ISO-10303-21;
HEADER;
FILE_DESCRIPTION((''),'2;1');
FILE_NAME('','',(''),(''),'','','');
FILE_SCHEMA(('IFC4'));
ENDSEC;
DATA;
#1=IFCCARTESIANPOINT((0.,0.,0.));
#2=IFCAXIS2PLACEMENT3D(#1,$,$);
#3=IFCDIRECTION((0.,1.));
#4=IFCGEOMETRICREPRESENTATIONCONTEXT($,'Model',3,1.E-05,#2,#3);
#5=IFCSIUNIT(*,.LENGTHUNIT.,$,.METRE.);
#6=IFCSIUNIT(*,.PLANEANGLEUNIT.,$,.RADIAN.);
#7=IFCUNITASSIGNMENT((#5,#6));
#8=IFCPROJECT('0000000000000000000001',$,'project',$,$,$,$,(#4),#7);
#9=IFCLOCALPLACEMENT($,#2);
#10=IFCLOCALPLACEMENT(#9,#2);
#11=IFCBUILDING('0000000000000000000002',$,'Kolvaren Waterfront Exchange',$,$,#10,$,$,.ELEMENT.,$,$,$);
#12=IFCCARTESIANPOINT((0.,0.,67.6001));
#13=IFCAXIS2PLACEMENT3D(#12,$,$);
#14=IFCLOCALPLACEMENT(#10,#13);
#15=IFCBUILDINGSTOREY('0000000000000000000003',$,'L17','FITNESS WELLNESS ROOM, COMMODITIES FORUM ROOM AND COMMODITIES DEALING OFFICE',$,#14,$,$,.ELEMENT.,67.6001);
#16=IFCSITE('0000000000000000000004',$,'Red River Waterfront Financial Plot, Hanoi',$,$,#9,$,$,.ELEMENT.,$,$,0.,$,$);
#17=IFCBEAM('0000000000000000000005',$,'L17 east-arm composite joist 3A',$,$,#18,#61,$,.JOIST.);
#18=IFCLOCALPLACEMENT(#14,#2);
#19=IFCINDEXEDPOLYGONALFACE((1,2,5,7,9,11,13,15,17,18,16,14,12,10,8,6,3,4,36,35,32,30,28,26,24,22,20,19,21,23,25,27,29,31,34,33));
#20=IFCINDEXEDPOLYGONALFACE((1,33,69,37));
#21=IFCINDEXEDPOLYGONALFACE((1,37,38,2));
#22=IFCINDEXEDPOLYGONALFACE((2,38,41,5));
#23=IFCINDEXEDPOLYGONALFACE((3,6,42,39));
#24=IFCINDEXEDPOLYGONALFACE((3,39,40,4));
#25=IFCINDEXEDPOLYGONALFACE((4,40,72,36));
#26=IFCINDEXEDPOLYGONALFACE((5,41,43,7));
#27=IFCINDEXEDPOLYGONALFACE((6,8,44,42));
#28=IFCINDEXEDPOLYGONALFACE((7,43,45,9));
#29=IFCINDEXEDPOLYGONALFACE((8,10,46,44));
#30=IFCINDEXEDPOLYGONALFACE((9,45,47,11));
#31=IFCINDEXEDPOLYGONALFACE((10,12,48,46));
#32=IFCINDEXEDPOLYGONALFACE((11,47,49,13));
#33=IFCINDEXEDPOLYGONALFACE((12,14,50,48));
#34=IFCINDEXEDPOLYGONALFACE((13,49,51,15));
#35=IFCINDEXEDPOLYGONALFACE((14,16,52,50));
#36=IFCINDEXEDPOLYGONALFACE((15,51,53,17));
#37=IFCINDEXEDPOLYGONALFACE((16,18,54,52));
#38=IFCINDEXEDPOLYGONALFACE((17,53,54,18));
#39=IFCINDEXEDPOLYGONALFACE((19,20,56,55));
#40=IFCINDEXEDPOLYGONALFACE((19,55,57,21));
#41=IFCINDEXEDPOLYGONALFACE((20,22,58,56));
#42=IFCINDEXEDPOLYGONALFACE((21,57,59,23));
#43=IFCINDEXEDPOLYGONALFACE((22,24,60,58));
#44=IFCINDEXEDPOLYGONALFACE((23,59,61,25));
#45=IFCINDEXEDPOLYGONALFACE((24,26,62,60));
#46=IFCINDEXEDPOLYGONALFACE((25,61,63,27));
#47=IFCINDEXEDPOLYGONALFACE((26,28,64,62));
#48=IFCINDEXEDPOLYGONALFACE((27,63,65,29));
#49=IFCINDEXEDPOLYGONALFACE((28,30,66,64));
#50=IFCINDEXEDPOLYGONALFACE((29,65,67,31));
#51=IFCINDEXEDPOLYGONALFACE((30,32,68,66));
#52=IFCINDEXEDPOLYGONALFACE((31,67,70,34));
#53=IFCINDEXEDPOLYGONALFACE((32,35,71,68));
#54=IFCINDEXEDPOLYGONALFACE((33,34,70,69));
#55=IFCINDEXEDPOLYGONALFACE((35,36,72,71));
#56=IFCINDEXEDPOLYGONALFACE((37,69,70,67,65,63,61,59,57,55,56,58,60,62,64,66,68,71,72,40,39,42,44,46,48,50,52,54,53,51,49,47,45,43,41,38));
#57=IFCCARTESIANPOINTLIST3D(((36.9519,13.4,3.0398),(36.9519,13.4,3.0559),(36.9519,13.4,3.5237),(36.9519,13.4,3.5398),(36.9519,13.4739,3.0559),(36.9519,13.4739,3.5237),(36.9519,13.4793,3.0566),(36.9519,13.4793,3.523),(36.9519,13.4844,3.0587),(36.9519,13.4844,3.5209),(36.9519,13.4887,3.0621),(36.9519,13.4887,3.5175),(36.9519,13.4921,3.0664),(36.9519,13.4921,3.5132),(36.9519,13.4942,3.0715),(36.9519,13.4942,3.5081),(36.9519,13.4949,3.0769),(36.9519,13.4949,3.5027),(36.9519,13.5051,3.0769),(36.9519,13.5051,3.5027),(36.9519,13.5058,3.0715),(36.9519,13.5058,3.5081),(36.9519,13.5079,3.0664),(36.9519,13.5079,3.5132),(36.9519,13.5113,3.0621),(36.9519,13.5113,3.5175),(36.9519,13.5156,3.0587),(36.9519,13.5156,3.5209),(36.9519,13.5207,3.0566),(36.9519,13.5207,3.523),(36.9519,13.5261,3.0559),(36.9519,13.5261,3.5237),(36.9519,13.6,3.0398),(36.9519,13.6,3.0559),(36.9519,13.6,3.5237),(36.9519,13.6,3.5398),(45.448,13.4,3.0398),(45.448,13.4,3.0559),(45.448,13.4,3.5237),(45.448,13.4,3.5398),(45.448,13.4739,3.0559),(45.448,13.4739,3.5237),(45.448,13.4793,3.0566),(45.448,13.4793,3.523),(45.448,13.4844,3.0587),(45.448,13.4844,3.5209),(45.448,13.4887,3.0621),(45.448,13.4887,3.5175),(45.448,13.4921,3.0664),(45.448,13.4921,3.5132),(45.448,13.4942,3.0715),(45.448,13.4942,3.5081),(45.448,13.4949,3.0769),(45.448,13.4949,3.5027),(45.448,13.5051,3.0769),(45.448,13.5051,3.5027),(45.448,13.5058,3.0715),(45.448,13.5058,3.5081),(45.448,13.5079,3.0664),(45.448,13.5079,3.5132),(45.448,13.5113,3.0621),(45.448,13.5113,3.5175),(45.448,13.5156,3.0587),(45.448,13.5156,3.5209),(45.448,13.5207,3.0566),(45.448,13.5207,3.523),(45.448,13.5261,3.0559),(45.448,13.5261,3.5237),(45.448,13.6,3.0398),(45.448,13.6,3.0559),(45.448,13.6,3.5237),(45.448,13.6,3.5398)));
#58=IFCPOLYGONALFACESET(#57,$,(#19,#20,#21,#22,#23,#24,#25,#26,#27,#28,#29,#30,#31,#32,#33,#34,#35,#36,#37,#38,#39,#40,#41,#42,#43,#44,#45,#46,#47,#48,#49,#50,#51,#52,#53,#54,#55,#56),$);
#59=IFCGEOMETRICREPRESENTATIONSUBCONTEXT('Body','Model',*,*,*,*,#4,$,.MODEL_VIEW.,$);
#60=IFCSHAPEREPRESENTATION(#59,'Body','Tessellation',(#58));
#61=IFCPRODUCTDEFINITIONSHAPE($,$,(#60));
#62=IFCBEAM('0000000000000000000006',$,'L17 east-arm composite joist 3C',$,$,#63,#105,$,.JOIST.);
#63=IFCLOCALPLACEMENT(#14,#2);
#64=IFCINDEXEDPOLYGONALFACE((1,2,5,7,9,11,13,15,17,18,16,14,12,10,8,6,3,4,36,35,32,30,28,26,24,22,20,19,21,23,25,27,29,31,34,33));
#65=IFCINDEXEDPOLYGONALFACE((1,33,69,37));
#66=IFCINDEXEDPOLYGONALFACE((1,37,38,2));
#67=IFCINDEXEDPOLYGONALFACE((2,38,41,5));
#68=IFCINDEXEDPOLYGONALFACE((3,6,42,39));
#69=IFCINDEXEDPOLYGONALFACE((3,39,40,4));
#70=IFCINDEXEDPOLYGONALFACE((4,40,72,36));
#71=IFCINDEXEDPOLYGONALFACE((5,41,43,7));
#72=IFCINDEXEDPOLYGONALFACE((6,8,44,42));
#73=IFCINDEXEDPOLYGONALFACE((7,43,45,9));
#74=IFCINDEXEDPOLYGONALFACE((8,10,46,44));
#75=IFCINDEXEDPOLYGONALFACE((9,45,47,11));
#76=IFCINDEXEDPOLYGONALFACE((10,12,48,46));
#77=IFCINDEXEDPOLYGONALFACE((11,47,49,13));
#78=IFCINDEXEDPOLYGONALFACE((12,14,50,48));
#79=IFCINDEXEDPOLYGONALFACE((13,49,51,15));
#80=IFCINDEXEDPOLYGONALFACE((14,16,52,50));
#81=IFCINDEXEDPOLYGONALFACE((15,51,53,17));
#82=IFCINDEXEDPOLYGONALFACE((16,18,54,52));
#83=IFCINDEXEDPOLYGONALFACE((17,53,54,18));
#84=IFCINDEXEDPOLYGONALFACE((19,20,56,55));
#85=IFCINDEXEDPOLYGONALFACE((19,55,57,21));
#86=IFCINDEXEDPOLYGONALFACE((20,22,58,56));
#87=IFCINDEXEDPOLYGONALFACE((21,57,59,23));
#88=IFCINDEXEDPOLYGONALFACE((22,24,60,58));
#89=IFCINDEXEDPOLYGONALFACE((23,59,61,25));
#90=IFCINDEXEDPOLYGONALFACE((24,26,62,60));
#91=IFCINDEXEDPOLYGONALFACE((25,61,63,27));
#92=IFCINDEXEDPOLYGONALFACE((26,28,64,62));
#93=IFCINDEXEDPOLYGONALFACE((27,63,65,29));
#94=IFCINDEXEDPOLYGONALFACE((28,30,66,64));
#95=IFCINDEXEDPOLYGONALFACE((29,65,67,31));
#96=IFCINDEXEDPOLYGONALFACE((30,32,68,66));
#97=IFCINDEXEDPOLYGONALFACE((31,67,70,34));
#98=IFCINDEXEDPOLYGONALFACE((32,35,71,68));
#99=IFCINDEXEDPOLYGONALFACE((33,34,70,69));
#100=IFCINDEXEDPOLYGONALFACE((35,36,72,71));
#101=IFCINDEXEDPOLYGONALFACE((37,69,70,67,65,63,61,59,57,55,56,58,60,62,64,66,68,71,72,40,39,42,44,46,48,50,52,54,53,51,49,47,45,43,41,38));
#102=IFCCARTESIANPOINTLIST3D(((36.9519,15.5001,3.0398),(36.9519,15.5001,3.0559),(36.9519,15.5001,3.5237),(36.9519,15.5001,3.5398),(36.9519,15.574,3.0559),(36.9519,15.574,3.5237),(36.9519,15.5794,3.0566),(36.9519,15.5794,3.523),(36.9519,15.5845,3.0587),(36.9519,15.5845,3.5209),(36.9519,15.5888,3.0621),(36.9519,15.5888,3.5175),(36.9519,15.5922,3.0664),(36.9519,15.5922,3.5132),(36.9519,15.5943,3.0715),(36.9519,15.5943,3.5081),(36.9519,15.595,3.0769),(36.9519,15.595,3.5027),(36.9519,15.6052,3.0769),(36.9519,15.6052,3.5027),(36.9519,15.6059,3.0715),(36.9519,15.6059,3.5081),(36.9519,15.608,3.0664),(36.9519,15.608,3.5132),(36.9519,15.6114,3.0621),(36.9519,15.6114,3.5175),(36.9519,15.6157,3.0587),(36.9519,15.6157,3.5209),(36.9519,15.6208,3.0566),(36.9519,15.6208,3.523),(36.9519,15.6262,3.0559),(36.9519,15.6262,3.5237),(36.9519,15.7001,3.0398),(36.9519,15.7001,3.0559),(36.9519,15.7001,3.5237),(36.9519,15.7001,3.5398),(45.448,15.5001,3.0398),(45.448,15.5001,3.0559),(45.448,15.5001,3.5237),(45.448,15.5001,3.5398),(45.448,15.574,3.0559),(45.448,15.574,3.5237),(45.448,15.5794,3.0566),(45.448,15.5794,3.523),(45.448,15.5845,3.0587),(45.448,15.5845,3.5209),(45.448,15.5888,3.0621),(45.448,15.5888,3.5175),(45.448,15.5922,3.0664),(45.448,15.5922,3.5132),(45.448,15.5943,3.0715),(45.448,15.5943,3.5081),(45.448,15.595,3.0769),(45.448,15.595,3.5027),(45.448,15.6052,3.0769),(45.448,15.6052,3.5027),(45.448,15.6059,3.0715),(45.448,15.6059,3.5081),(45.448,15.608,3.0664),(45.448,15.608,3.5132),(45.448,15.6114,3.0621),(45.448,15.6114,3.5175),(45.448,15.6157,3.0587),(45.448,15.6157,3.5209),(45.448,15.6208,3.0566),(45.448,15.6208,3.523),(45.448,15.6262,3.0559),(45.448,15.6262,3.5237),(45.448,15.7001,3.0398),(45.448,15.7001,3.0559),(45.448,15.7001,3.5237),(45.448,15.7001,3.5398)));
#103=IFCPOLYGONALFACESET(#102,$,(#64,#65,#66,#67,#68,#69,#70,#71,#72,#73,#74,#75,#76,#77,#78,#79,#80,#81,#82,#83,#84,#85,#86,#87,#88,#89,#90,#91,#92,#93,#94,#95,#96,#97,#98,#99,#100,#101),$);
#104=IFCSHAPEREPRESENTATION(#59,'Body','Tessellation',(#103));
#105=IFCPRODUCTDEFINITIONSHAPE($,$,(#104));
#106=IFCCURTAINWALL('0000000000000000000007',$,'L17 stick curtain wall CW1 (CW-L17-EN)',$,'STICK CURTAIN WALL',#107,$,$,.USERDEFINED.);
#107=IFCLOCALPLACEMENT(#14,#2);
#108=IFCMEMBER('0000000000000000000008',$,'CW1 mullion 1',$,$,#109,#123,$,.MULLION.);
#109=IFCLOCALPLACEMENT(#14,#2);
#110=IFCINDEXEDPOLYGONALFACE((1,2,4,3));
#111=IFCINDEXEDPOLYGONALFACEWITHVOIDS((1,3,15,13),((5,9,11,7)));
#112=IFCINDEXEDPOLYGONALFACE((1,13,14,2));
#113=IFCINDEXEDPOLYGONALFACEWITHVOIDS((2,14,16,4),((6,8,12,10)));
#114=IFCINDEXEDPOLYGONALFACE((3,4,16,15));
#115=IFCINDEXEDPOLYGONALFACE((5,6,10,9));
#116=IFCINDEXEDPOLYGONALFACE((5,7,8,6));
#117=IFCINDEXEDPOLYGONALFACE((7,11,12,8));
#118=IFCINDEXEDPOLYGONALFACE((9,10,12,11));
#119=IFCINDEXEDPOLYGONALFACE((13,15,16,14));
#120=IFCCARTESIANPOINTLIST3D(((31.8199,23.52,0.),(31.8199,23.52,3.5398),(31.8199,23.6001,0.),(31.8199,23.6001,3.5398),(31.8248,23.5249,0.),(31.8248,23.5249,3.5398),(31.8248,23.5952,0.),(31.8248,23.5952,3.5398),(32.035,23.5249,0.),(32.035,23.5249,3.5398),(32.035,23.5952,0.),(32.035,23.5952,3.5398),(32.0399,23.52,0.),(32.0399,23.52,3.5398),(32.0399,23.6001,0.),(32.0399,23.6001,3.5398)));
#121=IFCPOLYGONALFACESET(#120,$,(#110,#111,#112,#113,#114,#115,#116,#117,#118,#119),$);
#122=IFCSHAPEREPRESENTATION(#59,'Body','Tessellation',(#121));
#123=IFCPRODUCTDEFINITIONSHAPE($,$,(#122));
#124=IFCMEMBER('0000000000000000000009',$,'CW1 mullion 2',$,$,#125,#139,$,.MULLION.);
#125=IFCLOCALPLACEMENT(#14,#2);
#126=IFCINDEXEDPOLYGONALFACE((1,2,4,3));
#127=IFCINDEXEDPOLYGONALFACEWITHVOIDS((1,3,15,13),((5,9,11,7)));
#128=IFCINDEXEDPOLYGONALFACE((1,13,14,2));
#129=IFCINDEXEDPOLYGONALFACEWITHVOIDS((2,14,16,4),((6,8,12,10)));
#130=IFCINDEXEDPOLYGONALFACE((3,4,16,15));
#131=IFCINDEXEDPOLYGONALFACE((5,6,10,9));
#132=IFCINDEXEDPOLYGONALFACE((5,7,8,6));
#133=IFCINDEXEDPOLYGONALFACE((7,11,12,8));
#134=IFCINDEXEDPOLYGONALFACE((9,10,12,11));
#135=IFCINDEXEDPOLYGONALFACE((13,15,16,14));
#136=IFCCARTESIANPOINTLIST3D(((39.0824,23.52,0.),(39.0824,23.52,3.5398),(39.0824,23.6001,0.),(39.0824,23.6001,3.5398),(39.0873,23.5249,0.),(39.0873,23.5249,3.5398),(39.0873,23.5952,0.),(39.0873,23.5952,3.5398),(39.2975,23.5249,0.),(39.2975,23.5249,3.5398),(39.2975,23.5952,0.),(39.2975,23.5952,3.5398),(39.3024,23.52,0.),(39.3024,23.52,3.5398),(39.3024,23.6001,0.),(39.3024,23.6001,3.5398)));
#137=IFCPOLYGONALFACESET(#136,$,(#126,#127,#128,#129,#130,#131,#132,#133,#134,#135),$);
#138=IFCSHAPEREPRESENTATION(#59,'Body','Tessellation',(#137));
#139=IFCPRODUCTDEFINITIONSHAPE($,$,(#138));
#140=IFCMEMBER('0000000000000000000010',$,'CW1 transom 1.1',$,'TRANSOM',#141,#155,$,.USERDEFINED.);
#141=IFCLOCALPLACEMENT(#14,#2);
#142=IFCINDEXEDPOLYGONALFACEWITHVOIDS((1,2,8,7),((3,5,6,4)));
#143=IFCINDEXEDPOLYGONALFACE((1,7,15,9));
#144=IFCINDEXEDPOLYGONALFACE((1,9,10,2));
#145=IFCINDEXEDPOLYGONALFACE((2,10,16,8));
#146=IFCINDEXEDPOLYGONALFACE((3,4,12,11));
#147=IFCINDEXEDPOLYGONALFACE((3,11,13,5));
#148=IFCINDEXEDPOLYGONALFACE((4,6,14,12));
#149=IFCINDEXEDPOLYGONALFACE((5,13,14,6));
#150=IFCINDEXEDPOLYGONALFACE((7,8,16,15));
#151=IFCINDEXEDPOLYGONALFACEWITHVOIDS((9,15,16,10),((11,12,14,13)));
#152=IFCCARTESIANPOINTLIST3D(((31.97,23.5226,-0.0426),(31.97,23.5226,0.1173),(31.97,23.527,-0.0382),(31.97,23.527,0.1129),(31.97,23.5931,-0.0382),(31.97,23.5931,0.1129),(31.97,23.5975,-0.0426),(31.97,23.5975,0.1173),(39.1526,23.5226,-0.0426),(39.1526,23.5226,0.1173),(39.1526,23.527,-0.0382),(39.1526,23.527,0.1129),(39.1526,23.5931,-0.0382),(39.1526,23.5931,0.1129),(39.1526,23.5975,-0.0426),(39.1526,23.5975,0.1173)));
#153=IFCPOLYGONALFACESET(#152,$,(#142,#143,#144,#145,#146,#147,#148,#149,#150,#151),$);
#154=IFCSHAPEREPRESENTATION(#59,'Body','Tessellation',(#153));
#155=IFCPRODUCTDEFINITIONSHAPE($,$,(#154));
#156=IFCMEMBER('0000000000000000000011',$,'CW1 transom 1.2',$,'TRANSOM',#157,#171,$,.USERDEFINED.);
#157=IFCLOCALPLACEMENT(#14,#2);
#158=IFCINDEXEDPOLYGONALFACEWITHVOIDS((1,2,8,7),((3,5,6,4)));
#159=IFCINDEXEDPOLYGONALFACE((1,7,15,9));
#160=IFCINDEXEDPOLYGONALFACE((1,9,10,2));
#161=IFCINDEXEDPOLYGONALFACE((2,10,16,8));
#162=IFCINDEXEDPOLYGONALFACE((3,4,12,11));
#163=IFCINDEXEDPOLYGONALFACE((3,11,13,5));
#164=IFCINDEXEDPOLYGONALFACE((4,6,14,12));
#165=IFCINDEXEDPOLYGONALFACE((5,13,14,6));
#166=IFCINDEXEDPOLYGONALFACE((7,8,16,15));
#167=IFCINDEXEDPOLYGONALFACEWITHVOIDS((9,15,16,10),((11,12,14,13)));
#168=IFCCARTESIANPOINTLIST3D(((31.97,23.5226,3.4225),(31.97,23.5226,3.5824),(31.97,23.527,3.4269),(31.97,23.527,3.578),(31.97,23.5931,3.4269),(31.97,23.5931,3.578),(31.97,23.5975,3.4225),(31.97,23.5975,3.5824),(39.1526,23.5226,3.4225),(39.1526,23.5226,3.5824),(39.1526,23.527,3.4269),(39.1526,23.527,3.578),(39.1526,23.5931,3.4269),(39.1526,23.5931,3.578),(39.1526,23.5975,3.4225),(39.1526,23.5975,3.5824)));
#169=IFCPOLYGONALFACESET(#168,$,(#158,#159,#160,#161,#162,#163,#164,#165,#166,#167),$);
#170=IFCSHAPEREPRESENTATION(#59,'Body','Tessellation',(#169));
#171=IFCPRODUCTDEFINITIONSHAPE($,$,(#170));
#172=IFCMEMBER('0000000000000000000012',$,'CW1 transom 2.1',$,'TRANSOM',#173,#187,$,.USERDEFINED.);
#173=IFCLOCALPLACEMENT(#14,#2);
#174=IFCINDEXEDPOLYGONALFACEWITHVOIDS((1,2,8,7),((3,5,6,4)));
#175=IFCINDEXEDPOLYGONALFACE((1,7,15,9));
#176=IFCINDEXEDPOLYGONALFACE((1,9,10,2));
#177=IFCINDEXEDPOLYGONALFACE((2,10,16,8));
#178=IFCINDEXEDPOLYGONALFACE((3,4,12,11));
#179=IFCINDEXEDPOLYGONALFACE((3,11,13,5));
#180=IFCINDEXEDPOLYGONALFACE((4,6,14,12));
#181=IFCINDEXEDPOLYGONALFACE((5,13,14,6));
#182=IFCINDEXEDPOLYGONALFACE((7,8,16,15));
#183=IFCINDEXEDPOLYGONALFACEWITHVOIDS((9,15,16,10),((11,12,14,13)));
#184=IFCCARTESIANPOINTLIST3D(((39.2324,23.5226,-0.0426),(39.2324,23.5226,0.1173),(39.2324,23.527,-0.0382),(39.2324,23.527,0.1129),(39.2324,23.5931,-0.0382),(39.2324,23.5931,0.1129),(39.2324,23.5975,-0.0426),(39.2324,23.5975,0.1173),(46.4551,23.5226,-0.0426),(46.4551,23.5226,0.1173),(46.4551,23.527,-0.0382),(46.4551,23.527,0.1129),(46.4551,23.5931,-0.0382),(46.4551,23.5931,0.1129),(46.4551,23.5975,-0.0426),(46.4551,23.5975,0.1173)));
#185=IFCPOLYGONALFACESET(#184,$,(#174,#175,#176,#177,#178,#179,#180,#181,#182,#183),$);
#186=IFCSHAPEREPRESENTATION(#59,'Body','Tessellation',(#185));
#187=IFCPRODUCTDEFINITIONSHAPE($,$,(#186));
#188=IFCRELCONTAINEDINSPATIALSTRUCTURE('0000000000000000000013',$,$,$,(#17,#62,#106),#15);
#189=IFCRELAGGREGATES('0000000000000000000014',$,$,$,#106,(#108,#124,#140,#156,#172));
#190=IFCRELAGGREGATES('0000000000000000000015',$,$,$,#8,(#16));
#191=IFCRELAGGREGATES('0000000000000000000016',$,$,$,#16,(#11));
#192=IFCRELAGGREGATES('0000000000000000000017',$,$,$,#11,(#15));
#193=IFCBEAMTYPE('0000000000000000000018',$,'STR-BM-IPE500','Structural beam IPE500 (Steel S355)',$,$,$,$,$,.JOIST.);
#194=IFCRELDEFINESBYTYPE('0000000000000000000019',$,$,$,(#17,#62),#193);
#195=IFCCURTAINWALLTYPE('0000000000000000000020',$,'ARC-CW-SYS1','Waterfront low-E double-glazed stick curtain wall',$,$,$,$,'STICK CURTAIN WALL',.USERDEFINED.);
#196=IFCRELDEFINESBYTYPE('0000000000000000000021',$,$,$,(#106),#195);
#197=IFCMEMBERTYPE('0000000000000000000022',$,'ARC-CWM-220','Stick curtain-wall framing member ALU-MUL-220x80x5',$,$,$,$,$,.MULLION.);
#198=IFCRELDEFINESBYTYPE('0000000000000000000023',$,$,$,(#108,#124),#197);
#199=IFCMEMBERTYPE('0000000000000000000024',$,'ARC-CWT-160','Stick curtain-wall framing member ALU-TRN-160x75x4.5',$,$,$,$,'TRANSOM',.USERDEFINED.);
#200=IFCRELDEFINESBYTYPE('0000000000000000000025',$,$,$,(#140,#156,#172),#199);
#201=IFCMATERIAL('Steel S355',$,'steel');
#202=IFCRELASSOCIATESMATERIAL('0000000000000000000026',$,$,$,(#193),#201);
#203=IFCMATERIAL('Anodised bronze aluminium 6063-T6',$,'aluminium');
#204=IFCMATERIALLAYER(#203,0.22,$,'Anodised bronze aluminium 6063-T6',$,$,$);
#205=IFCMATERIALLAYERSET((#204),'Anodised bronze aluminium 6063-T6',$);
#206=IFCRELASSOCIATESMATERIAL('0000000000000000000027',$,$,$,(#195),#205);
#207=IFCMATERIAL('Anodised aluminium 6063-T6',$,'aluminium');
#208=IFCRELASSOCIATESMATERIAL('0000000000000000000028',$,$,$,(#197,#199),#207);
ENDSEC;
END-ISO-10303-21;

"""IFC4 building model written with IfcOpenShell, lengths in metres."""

from ifc_helpers import new_model, si_unit, direction, frame, origin, origin_with_axes, origin_2d, place, context, subcontext, project, spatial, hollow_rectangle, i_section, extrude, source, transform, mapped, material, layer, layer_set, material_profile, profile_set, type_object, element, aggregate, save


model = new_model("IFC4")

# Units and contexts
model_context = context("Model", 3, precision=1e-05, world=origin(), true_north=direction((0.0, 1.0)))
body_context = subcontext(model_context, "Body", "Model", "MODEL_VIEW")
ifc_project = project(units=[si_unit("LENGTHUNIT", "METRE"), si_unit("PLANEANGLEUNIT", "RADIAN")], contexts=[model_context])

# Site, building, storey
site_placement = place(None, origin())
site = spatial("IfcSite", under=ifc_project, at=site_placement, Name="Red River Waterfront Financial Plot, Hanoi", CompositionType="ELEMENT", RefElevation=0.0)
building_placement = place(site_placement, origin())
building = spatial("IfcBuilding", under=site, at=building_placement, Name="Kolvaren Waterfront Exchange", CompositionType="ELEMENT")
storey_placement = place(building_placement, frame((0.0, 0.0, 67.6001)))
storey = spatial("IfcBuildingStorey", under=building, at=storey_placement, Name="L17", Description="FITNESS WELLNESS ROOM, COMMODITIES FORUM ROOM AND COMMODITIES DEALING OFFICE", CompositionType="ELEMENT", Elevation=67.6001)

# Beams
ifc_material_1 = material(Name="Steel S355", Category="steel")
ifc_material_profile_1 = material_profile(ifc_material_1, i_section(OverallWidth=0.2, OverallDepth=0.5, WebThickness=0.0103, FlangeThickness=0.0161, FilletRadius=0.021, at=origin_2d()), Name="IPE500")
ifc_profile_set_1 = profile_set([ifc_material_profile_1], Name="Steel S355")
beam_type_1 = type_object("IfcBeamType", Name="STR-BM-IPE500", Description="Structural beam IPE500 (Steel S355)", PredefinedType="JOIST", material=ifc_profile_set_1)
for number, where, z_axis, x_axis, name in (
    (1, (36.9519, 13.5, 3.2898), (1.0, 0.0, 0.0), (0.0, 1.0, 0.0), "L17 east-arm composite joist 3A"),
    (2, (36.9519, 15.6001, 3.2898), (1.0, 0.0, 0.0), (0.0, 1.0, 0.0), "L17 east-arm composite joist 3C"),
):
    element("IfcBeam", number, at=place(storey_placement, frame(where, z_axis=z_axis, x_axis=x_axis)), inside=storey, type_object=beam_type_1, Name=name, PredefinedType="JOIST", context=body_context, shape_type="SweptSolid", body=[
        extrude(i_section(OverallWidth=0.2, OverallDepth=0.5, WebThickness=0.0103, FlangeThickness=0.0161, FilletRadius=0.021, at=origin_2d()), origin(), (0.0, 0.0, 1.0), 8.4961),
    ])

# Curtain wall, members
ifc_material_2 = material(Name="Anodised bronze aluminium 6063-T6", Category="aluminium")
ifc_layer_1 = layer(ifc_material_2, 0.22, Name="Anodised bronze aluminium 6063-T6")
ifc_layer_set_1 = layer_set([ifc_layer_1], Name="Anodised bronze aluminium 6063-T6")
curtain_wall_type = type_object("IfcCurtainWallType", Name="ARC-CW-SYS1", Description="Waterfront low-E double-glazed stick curtain wall", ElementType="STICK CURTAIN WALL", PredefinedType="USERDEFINED", material=ifc_layer_set_1)
curtain_wall_placement = place(storey_placement, origin())
curtain_wall = element("IfcCurtainWall", 3, at=curtain_wall_placement, inside=storey, type_object=curtain_wall_type, Name="L17 stick curtain wall CW1 (CW-L17-EN)", ObjectType="STICK CURTAIN WALL", PredefinedType="USERDEFINED")
ifc_material_3 = material(Name="Anodised aluminium 6063-T6", Category="aluminium")
ifc_material_profile_2 = material_profile(ifc_material_3, hollow_rectangle(XDim=0.0801, YDim=0.22, WallThickness=0.0049, at=origin_2d()), Name="ALU-MUL-220x80x5")
ifc_profile_set_2 = profile_set([ifc_material_profile_2], Name="Anodised aluminium 6063-T6")
member_type_1 = type_object("IfcMemberType", Name="ARC-CWM-220", Description="Stick curtain-wall framing member ALU-MUL-220x80x5", PredefinedType="MULLION", material=ifc_profile_set_2)
shared_shape_1 = source(origin_with_axes(), body_context, "Body", "SweptSolid", [
    extrude(hollow_rectangle(XDim=0.0801, YDim=0.22, WallThickness=0.0049, at=origin_2d()), origin(), (0.0, 0.0, 1.0), 3.5398),
])
member_1_placement = place(storey_placement, frame((31.9299, 23.5601, 0.0), z_axis=(0.0, 0.0, 1.0), x_axis=(0.0, 1.0, 0.0)))
member_1 = element("IfcMember", 4, at=member_1_placement, type_object=member_type_1, Name="CW1 mullion 1", PredefinedType="MULLION", context=body_context, shape_type="MappedRepresentation", body=[
    mapped(shared_shape_1, transform((0.0, 0.0, 0.0), x_axis=(1.0, 0.0, 0.0), y_axis=(0.0, 1.0, 0.0), z_axis=(0.0, 0.0, 1.0), scale=1.0)),
])
member_2_placement = place(storey_placement, frame((39.1924, 23.5601, 0.0), z_axis=(0.0, 0.0, 1.0), x_axis=(0.0, 1.0, 0.0)))
member_2 = element("IfcMember", 5, at=member_2_placement, type_object=member_type_1, Name="CW1 mullion 2", PredefinedType="MULLION", context=body_context, shape_type="MappedRepresentation", body=[
    mapped(shared_shape_1, transform((0.0, 0.0, 0.0), x_axis=(1.0, 0.0, 0.0), y_axis=(0.0, 1.0, 0.0), z_axis=(0.0, 0.0, 1.0), scale=1.0)),
])
ifc_material_profile_3 = material_profile(ifc_material_3, hollow_rectangle(XDim=0.075, YDim=0.1599, WallThickness=0.0044, at=origin_2d()), Name="ALU-TRN-160x75x4.5")
ifc_profile_set_3 = profile_set([ifc_material_profile_3], Name="Anodised aluminium 6063-T6")
member_type_2 = type_object("IfcMemberType", Name="ARC-CWT-160", Description="Stick curtain-wall framing member ALU-TRN-160x75x4.5", ElementType="TRANSOM", PredefinedType="USERDEFINED", material=ifc_profile_set_3)
shared_shape_2 = source(origin_with_axes(), body_context, "Body", "SweptSolid", [
    extrude(hollow_rectangle(XDim=0.075, YDim=0.1599, WallThickness=0.0044, at=origin_2d()), origin(), (0.0, 0.0, 1.0), 7.1826),
])
member_3_placement = place(storey_placement, frame((31.97, 23.5601, 0.0374), z_axis=(1.0, 0.0, 0.0), x_axis=(0.0, 1.0, 0.0)))
member_3 = element("IfcMember", 6, at=member_3_placement, type_object=member_type_2, Name="CW1 transom 1.1", ObjectType="TRANSOM", PredefinedType="USERDEFINED", context=body_context, shape_type="MappedRepresentation", body=[
    mapped(shared_shape_2, transform((0.0, 0.0, 0.0), x_axis=(1.0, 0.0, 0.0), y_axis=(0.0, 1.0, 0.0), z_axis=(0.0, 0.0, 1.0), scale=1.0)),
])
member_4_placement = place(storey_placement, frame((31.97, 23.5601, 3.5024), z_axis=(1.0, 0.0, 0.0), x_axis=(0.0, 1.0, 0.0)))
member_4 = element("IfcMember", 7, at=member_4_placement, type_object=member_type_2, Name="CW1 transom 1.2", ObjectType="TRANSOM", PredefinedType="USERDEFINED", context=body_context, shape_type="MappedRepresentation", body=[
    mapped(shared_shape_2, transform((0.0, 0.0, 0.0), x_axis=(1.0, 0.0, 0.0), y_axis=(0.0, 1.0, 0.0), z_axis=(0.0, 0.0, 1.0), scale=1.0)),
])
shared_shape_3 = source(origin_with_axes(), body_context, "Body", "SweptSolid", [
    extrude(hollow_rectangle(XDim=0.075, YDim=0.1599, WallThickness=0.0044, at=origin_2d()), origin(), (0.0, 0.0, 1.0), 7.2227),
])
member_5_placement = place(storey_placement, frame((39.2324, 23.5601, 0.0374), z_axis=(1.0, 0.0, 0.0), x_axis=(0.0, 1.0, 0.0)))
member_5 = element("IfcMember", 8, at=member_5_placement, type_object=member_type_2, Name="CW1 transom 2.1", ObjectType="TRANSOM", PredefinedType="USERDEFINED", context=body_context, shape_type="MappedRepresentation", body=[
    mapped(shared_shape_3, transform((0.0, 0.0, 0.0), x_axis=(1.0, 0.0, 0.0), y_axis=(0.0, 1.0, 0.0), z_axis=(0.0, 0.0, 1.0), scale=1.0)),
])
aggregate(curtain_wall, [member_1, member_2, member_3, member_4, member_5])

save(model, "model.ifc")
